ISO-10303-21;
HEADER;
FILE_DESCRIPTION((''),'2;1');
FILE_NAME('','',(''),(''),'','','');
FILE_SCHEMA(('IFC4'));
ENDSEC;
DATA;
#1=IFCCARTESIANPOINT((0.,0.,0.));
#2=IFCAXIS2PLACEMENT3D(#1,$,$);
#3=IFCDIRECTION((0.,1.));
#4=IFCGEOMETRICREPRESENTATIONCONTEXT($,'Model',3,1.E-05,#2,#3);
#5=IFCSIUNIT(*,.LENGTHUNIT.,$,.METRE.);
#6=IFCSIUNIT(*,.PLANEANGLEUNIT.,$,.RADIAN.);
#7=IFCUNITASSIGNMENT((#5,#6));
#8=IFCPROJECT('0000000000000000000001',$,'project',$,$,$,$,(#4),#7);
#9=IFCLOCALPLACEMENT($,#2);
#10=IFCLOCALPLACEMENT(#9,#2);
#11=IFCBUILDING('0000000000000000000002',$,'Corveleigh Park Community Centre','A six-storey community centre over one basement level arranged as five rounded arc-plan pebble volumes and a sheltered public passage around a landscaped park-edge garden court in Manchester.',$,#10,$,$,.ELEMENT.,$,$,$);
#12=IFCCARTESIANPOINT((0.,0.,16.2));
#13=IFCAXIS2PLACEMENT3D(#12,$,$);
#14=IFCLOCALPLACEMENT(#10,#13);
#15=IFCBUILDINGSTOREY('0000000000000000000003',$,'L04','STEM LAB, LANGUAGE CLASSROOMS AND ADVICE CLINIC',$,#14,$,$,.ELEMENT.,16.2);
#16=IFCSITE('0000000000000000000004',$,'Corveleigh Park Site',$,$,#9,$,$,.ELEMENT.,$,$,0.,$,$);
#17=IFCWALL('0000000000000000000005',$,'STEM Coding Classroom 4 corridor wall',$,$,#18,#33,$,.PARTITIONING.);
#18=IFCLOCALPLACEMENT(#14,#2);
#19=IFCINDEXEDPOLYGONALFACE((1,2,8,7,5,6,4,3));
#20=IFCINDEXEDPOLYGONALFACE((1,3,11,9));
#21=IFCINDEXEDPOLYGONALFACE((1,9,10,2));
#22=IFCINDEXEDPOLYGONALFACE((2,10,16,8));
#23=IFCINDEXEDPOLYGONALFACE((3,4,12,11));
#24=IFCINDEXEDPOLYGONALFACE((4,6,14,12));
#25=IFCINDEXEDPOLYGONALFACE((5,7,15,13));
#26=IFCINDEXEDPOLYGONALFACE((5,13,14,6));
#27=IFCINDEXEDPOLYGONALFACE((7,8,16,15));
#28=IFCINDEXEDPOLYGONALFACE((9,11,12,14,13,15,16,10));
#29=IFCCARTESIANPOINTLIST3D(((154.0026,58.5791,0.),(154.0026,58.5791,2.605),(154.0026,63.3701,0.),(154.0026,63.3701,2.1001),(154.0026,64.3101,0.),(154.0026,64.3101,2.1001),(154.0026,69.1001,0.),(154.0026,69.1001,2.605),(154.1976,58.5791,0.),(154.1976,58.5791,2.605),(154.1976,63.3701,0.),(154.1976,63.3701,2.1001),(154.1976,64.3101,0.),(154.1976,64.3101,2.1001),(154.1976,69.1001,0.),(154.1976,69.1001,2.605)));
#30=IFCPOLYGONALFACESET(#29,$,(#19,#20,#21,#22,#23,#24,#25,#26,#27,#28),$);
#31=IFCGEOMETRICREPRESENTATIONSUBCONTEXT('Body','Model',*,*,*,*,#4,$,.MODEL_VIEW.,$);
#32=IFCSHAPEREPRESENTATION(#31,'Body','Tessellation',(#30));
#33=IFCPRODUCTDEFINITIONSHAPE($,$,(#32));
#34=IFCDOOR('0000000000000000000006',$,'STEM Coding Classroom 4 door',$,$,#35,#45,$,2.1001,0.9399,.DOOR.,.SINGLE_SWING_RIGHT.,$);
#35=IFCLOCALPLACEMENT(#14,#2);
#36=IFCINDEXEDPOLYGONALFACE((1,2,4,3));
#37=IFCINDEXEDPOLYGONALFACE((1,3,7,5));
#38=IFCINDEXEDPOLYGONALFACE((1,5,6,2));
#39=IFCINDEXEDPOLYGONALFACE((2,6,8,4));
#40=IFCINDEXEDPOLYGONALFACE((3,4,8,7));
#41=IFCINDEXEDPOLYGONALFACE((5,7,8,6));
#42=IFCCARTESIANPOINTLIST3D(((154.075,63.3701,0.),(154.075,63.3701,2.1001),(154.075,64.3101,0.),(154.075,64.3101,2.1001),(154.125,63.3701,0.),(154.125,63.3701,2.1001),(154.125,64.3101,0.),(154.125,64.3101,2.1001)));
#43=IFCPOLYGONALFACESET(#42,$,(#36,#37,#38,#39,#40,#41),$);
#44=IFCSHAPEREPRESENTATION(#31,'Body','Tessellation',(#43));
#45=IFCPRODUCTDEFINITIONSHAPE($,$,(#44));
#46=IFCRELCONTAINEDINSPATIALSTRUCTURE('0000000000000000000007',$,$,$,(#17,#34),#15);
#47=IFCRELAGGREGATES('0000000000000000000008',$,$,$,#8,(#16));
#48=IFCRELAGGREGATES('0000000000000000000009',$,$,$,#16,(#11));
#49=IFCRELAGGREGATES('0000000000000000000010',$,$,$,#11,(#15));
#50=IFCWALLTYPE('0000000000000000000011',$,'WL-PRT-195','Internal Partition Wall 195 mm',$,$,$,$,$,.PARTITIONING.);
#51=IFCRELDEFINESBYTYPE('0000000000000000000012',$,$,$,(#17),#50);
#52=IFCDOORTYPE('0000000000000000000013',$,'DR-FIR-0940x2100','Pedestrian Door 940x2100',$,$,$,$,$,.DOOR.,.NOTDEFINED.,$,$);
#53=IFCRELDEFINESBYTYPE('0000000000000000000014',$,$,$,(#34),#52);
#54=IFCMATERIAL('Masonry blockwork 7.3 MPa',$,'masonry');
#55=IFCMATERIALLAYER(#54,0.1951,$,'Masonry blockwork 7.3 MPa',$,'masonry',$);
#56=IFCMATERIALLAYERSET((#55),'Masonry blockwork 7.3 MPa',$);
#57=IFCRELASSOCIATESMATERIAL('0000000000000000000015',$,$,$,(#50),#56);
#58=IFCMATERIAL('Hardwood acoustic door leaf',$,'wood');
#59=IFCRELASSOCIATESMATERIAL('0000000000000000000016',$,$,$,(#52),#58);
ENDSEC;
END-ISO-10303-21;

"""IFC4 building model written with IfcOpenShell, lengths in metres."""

from ifc_helpers import new_model, si_unit, direction, frame, frame_2d, origin, place, context, subcontext, project, spatial, rectangle, extrude, material, layer, layer_set, type_object, element, fill, save


model = new_model("IFC4")

# Units and contexts
model_context = context("Model", 3, precision=1e-05, world=origin(), true_north=direction((0.0, 1.0)))
body_context = subcontext(model_context, "Body", "Model", "MODEL_VIEW")
ifc_project = project(units=[si_unit("LENGTHUNIT", "METRE"), si_unit("PLANEANGLEUNIT", "RADIAN")], contexts=[model_context])

# Site, building, storey
site_placement = place(None, origin())
site = spatial("IfcSite", under=ifc_project, at=site_placement, Name="Corveleigh Park Site", CompositionType="ELEMENT", RefElevation=0.0)
building_placement = place(site_placement, origin())
building = spatial("IfcBuilding", under=site, at=building_placement, Name="Corveleigh Park Community Centre", Description="A six-storey community centre over one basement level arranged as five rounded arc-plan pebble volumes and a sheltered public passage around a landscaped park-edge garden court in Manchester.", CompositionType="ELEMENT")
storey_placement = place(building_placement, frame((0.0, 0.0, 16.2)))
storey = spatial("IfcBuildingStorey", under=building, at=storey_placement, Name="L04", Description="STEM LAB, LANGUAGE CLASSROOMS AND ADVICE CLINIC", CompositionType="ELEMENT", Elevation=16.2)

# Wall, opening, door
ifc_material_1 = material(Name="Masonry blockwork 7.3 MPa", Category="masonry")
ifc_layer_1 = layer(ifc_material_1, 0.1951, Name="Masonry blockwork 7.3 MPa", Category="masonry")
ifc_layer_set_1 = layer_set([ifc_layer_1], Name="Masonry blockwork 7.3 MPa")
wall_type_1 = type_object("IfcWallType", Name="WL-PRT-195", Description="Internal Partition Wall 195 mm", PredefinedType="PARTITIONING", material=ifc_layer_set_1)
wall_1_placement = place(storey_placement, frame((154.1001, 69.1001, 0.0), z_axis=(0.0, 0.0, 1.0), x_axis=(0.0, -1.0, 0.0)))
wall_1 = element("IfcWall", 1, at=wall_1_placement, inside=storey, type_object=wall_type_1, Name="STEM Coding Classroom 4 corridor wall", PredefinedType="PARTITIONING", context=body_context, shape_type="SweptSolid", body=[
    extrude(rectangle(XDim=10.521, YDim=0.1951, at=frame_2d((5.2605, 0.0))), origin(), (0.0, 0.0, 1.0), 2.605),
])
opening_placement = place(wall_1_placement, frame((4.79, 0.0, 0.0)))
opening = element("IfcOpeningElement", 2, at=opening_placement, cuts=wall_1, PredefinedType="OPENING", context=body_context, shape_type="SweptSolid", body=[
    extrude(rectangle(XDim=0.9399, YDim=2.1001, at=frame_2d((0.47, 1.05))), frame((0.0, 0.1074, 0.0), z_axis=(0.0, -1.0, 0.0), x_axis=(1.0, 0.0, 0.0)), (0.0, 0.0, 1.0), 0.2151),
])
ifc_material_2 = material(Name="Hardwood acoustic door leaf", Category="wood")
door_type = type_object("IfcDoorType", Name="DR-FIR-0940x2100", Description="Pedestrian Door 940x2100", OperationType="NOTDEFINED", PredefinedType="DOOR", material=ifc_material_2)
door_placement = place(opening_placement, origin())
door = element("IfcDoor", 3, at=door_placement, inside=storey, type_object=door_type, Name="STEM Coding Classroom 4 door", OperationType="SINGLE_SWING_RIGHT", OverallHeight=2.1001, OverallWidth=0.9399, PredefinedType="DOOR", context=body_context, shape_type="SweptSolid", body=[
    extrude(rectangle(XDim=0.9399, YDim=2.1001, at=frame_2d((0.47, 1.05))), frame((0.0, 0.0249, 0.0), z_axis=(0.0, -1.0, 0.0), x_axis=(1.0, 0.0, 0.0)), (0.0, 0.0, 1.0), 0.05),
])
fill(opening, door)

save(model, "model.ifc")
